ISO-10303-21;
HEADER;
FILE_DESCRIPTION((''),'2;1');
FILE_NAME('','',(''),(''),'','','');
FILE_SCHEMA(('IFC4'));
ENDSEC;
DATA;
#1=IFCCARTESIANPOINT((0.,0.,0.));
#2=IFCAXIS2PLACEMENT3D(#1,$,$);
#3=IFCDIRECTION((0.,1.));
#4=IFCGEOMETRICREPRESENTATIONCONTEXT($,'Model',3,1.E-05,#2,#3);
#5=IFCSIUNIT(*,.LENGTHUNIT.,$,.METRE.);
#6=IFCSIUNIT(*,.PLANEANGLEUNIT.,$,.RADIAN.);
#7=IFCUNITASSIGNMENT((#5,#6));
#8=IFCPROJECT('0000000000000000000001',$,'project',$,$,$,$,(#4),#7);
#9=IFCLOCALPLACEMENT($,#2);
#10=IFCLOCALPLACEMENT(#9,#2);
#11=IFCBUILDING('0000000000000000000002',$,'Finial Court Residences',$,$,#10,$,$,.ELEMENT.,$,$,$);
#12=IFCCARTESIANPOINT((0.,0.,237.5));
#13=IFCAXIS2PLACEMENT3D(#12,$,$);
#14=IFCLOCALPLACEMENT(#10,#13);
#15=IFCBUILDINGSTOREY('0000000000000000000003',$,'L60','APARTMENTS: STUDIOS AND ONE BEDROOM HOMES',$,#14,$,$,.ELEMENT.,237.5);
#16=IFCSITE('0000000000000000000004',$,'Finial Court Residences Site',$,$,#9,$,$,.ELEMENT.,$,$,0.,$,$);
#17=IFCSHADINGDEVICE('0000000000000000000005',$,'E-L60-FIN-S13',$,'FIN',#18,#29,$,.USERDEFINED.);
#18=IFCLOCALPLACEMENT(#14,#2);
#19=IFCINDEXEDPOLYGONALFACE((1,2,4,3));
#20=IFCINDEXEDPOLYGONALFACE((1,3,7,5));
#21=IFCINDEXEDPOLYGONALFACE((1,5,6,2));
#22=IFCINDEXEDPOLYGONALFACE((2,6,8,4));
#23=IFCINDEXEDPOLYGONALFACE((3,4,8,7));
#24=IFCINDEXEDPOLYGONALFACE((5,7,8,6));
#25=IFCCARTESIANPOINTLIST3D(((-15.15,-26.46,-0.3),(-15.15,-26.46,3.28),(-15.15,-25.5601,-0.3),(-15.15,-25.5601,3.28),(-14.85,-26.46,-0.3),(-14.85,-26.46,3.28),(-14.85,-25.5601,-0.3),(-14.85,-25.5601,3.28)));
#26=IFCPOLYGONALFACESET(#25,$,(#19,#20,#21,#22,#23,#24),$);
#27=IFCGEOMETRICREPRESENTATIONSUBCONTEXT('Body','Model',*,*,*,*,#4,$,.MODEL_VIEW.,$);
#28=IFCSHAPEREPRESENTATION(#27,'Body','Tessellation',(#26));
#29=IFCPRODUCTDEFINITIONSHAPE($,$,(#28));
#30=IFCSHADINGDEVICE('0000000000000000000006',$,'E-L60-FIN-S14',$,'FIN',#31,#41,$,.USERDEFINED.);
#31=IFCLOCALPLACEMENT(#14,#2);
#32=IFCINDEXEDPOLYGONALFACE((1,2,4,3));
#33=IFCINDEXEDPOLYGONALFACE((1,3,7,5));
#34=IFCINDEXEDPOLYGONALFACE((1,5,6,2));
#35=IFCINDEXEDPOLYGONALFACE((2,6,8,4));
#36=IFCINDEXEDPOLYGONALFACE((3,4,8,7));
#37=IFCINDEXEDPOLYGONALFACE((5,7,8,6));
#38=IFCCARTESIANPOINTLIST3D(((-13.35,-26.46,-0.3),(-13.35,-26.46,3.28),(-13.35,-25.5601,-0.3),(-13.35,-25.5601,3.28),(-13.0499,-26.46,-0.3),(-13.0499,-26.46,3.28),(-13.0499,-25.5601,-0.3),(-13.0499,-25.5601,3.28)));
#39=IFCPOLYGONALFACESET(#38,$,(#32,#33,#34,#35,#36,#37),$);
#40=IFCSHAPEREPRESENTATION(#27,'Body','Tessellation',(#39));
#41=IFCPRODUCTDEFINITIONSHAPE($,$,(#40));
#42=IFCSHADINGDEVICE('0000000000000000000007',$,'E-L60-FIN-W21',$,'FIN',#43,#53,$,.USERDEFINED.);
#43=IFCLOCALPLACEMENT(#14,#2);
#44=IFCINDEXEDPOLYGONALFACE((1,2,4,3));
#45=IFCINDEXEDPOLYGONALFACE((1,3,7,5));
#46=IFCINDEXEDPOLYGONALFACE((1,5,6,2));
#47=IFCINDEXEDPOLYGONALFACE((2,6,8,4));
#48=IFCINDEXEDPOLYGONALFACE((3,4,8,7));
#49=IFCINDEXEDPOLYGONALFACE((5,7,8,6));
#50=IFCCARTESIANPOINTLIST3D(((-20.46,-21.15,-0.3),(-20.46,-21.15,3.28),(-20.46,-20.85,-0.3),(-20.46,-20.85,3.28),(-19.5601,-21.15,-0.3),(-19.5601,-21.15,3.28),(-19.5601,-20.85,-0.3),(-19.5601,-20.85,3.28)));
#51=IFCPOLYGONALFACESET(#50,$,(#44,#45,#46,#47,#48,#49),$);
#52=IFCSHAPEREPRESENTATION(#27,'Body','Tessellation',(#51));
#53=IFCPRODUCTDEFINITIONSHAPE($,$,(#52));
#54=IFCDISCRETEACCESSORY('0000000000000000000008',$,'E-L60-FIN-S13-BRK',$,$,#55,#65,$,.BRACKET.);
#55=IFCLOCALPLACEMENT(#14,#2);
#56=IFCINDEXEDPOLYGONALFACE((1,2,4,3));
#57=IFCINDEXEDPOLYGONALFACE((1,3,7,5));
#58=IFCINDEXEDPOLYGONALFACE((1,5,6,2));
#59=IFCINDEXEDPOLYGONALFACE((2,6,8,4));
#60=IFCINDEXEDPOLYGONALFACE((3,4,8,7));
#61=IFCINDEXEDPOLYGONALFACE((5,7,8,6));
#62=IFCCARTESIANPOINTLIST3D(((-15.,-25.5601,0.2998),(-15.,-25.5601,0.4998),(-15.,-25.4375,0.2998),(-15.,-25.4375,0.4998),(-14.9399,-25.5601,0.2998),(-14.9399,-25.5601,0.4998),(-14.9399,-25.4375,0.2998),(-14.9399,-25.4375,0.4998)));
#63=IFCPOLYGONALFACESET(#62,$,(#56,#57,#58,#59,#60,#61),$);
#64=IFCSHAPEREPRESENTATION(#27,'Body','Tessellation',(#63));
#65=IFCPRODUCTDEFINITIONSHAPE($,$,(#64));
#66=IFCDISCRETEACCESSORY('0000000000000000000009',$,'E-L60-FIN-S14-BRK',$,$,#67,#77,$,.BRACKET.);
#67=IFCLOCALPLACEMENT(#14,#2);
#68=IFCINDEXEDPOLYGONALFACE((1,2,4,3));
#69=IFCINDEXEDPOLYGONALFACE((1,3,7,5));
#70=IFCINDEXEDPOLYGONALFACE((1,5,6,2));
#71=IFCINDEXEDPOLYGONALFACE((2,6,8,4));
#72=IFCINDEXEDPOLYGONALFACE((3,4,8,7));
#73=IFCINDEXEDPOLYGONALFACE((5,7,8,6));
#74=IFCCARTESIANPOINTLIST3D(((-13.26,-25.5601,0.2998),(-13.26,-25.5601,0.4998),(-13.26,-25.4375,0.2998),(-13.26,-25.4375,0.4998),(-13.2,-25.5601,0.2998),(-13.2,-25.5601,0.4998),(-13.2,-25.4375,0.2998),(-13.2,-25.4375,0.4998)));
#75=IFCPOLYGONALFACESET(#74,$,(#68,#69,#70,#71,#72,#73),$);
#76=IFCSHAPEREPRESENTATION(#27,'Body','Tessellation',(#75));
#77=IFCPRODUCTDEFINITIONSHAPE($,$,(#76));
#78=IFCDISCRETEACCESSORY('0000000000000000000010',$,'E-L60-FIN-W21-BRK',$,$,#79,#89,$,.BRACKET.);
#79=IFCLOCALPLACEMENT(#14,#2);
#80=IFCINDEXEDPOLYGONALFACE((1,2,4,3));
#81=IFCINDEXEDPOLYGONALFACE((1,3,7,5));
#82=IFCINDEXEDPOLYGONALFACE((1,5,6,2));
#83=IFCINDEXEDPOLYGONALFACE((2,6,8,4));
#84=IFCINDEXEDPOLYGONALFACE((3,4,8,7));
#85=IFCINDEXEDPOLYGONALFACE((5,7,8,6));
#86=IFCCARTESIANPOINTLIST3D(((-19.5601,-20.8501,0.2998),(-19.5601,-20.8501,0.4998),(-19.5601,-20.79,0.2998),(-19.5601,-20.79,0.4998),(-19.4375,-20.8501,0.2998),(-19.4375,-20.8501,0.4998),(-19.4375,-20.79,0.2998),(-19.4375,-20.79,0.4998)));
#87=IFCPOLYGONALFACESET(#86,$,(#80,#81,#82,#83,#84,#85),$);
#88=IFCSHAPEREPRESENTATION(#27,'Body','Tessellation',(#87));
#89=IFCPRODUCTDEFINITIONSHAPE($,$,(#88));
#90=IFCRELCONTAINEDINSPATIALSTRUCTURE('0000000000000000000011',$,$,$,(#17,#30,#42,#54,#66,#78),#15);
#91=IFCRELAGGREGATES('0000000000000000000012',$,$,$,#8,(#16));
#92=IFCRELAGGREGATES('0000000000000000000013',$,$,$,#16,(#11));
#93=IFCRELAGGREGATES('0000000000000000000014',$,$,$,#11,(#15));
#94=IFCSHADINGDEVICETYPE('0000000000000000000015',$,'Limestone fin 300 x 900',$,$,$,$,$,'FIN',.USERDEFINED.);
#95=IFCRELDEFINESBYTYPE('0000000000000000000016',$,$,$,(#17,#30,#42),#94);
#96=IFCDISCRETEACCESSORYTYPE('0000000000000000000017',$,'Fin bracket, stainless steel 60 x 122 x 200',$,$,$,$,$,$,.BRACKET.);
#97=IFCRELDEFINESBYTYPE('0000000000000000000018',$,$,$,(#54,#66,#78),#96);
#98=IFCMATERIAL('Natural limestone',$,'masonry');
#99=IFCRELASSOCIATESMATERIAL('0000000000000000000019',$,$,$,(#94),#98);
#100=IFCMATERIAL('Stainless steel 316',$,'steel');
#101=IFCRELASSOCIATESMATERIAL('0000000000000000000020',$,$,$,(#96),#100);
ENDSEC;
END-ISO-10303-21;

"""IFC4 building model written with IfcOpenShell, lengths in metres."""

from ifc_helpers import new_model, si_unit, direction, frame, origin, origin_2d, place, context, subcontext, project, spatial, rectangle, extrude, material, type_object, element, save


model = new_model("IFC4")

# Units and contexts
model_context = context("Model", 3, precision=1e-05, world=origin(), true_north=direction((0.0, 1.0)))
body_context = subcontext(model_context, "Body", "Model", "MODEL_VIEW")
ifc_project = project(units=[si_unit("LENGTHUNIT", "METRE"), si_unit("PLANEANGLEUNIT", "RADIAN")], contexts=[model_context])

# Site, building, storey
site_placement = place(None, origin())
site = spatial("IfcSite", under=ifc_project, at=site_placement, Name="Finial Court Residences Site", CompositionType="ELEMENT", RefElevation=0.0)
building_placement = place(site_placement, origin())
building = spatial("IfcBuilding", under=site, at=building_placement, Name="Finial Court Residences", CompositionType="ELEMENT")
storey_placement = place(building_placement, frame((0.0, 0.0, 237.5)))
storey = spatial("IfcBuildingStorey", under=building, at=storey_placement, Name="L60", Description="APARTMENTS: STUDIOS AND ONE BEDROOM HOMES", CompositionType="ELEMENT", Elevation=237.5)

# Shared definitions
ifc_material_1 = material(Name="Natural limestone", Category="masonry")

# Shading devices
shading_device_type = type_object("IfcShadingDeviceType", Name="Limestone fin 300 x 900", ElementType="FIN", PredefinedType="USERDEFINED", material=ifc_material_1)
for number, where, z_axis, x_axis, name in (
    (1, (-15.0, -26.01, -0.3), (0.0, 0.0, 1.0), (1.0, 0.0, 0.0), "E-L60-FIN-S13"),
    (2, (-13.2, -26.01, -0.3), (0.0, 0.0, 1.0), (1.0, 0.0, 0.0), "E-L60-FIN-S14"),
):
    element("IfcShadingDevice", number, at=place(storey_placement, frame(where, z_axis=z_axis, x_axis=x_axis)), inside=storey, type_object=shading_device_type, Name=name, ObjectType="FIN", PredefinedType="USERDEFINED", context=body_context, shape_type="SweptSolid", body=[
        extrude(rectangle(XDim=0.3, YDim=0.8999, at=origin_2d()), origin(), (0.0, 0.0, 1.0), 3.5801),
    ])
shading_device_placement = place(storey_placement, frame((-20.01, -21.0, -0.3), z_axis=(0.0, 0.0, 1.0), x_axis=(1.0, 0.0, 0.0)))
element("IfcShadingDevice", 3, at=shading_device_placement, inside=storey, type_object=shading_device_type, Name="E-L60-FIN-W21", ObjectType="FIN", PredefinedType="USERDEFINED", context=body_context, shape_type="SweptSolid", body=[
    extrude(rectangle(XDim=0.8999, YDim=0.3, at=origin_2d()), origin(), (0.0, 0.0, 1.0), 3.5801),
])

# Discrete accessories
ifc_material_2 = material(Name="Stainless steel 316", Category="steel")
discrete_accessory_type = type_object("IfcDiscreteAccessoryType", Name="Fin bracket, stainless steel 60 x 122 x 200", PredefinedType="BRACKET", material=ifc_material_2)
for number, where, z_axis, x_axis, name in (
    (4, (-14.97, -25.4988, 0.2998), (0.0, 0.0, 1.0), (1.0, 0.0, 0.0), "E-L60-FIN-S13-BRK"),
    (5, (-13.23, -25.4988, 0.2998), (0.0, 0.0, 1.0), (1.0, 0.0, 0.0), "E-L60-FIN-S14-BRK"),
):
    element("IfcDiscreteAccessory", number, at=place(storey_placement, frame(where, z_axis=z_axis, x_axis=x_axis)), inside=storey, type_object=discrete_accessory_type, Name=name, PredefinedType="BRACKET", context=body_context, shape_type="SweptSolid", body=[
        extrude(rectangle(XDim=0.0601, YDim=0.1226, at=origin_2d()), origin(), (0.0, 0.0, 1.0), 0.2),
    ])
discrete_accessory_placement = place(storey_placement, frame((-19.4988, -20.8201, 0.2998), z_axis=(0.0, 0.0, 1.0), x_axis=(1.0, 0.0, 0.0)))
element("IfcDiscreteAccessory", 6, at=discrete_accessory_placement, inside=storey, type_object=discrete_accessory_type, Name="E-L60-FIN-W21-BRK", PredefinedType="BRACKET", context=body_context, shape_type="SweptSolid", body=[
    extrude(rectangle(XDim=0.1226, YDim=0.0601, at=origin_2d()), origin(), (0.0, 0.0, 1.0), 0.2),
])

save(model, "model.ifc")
